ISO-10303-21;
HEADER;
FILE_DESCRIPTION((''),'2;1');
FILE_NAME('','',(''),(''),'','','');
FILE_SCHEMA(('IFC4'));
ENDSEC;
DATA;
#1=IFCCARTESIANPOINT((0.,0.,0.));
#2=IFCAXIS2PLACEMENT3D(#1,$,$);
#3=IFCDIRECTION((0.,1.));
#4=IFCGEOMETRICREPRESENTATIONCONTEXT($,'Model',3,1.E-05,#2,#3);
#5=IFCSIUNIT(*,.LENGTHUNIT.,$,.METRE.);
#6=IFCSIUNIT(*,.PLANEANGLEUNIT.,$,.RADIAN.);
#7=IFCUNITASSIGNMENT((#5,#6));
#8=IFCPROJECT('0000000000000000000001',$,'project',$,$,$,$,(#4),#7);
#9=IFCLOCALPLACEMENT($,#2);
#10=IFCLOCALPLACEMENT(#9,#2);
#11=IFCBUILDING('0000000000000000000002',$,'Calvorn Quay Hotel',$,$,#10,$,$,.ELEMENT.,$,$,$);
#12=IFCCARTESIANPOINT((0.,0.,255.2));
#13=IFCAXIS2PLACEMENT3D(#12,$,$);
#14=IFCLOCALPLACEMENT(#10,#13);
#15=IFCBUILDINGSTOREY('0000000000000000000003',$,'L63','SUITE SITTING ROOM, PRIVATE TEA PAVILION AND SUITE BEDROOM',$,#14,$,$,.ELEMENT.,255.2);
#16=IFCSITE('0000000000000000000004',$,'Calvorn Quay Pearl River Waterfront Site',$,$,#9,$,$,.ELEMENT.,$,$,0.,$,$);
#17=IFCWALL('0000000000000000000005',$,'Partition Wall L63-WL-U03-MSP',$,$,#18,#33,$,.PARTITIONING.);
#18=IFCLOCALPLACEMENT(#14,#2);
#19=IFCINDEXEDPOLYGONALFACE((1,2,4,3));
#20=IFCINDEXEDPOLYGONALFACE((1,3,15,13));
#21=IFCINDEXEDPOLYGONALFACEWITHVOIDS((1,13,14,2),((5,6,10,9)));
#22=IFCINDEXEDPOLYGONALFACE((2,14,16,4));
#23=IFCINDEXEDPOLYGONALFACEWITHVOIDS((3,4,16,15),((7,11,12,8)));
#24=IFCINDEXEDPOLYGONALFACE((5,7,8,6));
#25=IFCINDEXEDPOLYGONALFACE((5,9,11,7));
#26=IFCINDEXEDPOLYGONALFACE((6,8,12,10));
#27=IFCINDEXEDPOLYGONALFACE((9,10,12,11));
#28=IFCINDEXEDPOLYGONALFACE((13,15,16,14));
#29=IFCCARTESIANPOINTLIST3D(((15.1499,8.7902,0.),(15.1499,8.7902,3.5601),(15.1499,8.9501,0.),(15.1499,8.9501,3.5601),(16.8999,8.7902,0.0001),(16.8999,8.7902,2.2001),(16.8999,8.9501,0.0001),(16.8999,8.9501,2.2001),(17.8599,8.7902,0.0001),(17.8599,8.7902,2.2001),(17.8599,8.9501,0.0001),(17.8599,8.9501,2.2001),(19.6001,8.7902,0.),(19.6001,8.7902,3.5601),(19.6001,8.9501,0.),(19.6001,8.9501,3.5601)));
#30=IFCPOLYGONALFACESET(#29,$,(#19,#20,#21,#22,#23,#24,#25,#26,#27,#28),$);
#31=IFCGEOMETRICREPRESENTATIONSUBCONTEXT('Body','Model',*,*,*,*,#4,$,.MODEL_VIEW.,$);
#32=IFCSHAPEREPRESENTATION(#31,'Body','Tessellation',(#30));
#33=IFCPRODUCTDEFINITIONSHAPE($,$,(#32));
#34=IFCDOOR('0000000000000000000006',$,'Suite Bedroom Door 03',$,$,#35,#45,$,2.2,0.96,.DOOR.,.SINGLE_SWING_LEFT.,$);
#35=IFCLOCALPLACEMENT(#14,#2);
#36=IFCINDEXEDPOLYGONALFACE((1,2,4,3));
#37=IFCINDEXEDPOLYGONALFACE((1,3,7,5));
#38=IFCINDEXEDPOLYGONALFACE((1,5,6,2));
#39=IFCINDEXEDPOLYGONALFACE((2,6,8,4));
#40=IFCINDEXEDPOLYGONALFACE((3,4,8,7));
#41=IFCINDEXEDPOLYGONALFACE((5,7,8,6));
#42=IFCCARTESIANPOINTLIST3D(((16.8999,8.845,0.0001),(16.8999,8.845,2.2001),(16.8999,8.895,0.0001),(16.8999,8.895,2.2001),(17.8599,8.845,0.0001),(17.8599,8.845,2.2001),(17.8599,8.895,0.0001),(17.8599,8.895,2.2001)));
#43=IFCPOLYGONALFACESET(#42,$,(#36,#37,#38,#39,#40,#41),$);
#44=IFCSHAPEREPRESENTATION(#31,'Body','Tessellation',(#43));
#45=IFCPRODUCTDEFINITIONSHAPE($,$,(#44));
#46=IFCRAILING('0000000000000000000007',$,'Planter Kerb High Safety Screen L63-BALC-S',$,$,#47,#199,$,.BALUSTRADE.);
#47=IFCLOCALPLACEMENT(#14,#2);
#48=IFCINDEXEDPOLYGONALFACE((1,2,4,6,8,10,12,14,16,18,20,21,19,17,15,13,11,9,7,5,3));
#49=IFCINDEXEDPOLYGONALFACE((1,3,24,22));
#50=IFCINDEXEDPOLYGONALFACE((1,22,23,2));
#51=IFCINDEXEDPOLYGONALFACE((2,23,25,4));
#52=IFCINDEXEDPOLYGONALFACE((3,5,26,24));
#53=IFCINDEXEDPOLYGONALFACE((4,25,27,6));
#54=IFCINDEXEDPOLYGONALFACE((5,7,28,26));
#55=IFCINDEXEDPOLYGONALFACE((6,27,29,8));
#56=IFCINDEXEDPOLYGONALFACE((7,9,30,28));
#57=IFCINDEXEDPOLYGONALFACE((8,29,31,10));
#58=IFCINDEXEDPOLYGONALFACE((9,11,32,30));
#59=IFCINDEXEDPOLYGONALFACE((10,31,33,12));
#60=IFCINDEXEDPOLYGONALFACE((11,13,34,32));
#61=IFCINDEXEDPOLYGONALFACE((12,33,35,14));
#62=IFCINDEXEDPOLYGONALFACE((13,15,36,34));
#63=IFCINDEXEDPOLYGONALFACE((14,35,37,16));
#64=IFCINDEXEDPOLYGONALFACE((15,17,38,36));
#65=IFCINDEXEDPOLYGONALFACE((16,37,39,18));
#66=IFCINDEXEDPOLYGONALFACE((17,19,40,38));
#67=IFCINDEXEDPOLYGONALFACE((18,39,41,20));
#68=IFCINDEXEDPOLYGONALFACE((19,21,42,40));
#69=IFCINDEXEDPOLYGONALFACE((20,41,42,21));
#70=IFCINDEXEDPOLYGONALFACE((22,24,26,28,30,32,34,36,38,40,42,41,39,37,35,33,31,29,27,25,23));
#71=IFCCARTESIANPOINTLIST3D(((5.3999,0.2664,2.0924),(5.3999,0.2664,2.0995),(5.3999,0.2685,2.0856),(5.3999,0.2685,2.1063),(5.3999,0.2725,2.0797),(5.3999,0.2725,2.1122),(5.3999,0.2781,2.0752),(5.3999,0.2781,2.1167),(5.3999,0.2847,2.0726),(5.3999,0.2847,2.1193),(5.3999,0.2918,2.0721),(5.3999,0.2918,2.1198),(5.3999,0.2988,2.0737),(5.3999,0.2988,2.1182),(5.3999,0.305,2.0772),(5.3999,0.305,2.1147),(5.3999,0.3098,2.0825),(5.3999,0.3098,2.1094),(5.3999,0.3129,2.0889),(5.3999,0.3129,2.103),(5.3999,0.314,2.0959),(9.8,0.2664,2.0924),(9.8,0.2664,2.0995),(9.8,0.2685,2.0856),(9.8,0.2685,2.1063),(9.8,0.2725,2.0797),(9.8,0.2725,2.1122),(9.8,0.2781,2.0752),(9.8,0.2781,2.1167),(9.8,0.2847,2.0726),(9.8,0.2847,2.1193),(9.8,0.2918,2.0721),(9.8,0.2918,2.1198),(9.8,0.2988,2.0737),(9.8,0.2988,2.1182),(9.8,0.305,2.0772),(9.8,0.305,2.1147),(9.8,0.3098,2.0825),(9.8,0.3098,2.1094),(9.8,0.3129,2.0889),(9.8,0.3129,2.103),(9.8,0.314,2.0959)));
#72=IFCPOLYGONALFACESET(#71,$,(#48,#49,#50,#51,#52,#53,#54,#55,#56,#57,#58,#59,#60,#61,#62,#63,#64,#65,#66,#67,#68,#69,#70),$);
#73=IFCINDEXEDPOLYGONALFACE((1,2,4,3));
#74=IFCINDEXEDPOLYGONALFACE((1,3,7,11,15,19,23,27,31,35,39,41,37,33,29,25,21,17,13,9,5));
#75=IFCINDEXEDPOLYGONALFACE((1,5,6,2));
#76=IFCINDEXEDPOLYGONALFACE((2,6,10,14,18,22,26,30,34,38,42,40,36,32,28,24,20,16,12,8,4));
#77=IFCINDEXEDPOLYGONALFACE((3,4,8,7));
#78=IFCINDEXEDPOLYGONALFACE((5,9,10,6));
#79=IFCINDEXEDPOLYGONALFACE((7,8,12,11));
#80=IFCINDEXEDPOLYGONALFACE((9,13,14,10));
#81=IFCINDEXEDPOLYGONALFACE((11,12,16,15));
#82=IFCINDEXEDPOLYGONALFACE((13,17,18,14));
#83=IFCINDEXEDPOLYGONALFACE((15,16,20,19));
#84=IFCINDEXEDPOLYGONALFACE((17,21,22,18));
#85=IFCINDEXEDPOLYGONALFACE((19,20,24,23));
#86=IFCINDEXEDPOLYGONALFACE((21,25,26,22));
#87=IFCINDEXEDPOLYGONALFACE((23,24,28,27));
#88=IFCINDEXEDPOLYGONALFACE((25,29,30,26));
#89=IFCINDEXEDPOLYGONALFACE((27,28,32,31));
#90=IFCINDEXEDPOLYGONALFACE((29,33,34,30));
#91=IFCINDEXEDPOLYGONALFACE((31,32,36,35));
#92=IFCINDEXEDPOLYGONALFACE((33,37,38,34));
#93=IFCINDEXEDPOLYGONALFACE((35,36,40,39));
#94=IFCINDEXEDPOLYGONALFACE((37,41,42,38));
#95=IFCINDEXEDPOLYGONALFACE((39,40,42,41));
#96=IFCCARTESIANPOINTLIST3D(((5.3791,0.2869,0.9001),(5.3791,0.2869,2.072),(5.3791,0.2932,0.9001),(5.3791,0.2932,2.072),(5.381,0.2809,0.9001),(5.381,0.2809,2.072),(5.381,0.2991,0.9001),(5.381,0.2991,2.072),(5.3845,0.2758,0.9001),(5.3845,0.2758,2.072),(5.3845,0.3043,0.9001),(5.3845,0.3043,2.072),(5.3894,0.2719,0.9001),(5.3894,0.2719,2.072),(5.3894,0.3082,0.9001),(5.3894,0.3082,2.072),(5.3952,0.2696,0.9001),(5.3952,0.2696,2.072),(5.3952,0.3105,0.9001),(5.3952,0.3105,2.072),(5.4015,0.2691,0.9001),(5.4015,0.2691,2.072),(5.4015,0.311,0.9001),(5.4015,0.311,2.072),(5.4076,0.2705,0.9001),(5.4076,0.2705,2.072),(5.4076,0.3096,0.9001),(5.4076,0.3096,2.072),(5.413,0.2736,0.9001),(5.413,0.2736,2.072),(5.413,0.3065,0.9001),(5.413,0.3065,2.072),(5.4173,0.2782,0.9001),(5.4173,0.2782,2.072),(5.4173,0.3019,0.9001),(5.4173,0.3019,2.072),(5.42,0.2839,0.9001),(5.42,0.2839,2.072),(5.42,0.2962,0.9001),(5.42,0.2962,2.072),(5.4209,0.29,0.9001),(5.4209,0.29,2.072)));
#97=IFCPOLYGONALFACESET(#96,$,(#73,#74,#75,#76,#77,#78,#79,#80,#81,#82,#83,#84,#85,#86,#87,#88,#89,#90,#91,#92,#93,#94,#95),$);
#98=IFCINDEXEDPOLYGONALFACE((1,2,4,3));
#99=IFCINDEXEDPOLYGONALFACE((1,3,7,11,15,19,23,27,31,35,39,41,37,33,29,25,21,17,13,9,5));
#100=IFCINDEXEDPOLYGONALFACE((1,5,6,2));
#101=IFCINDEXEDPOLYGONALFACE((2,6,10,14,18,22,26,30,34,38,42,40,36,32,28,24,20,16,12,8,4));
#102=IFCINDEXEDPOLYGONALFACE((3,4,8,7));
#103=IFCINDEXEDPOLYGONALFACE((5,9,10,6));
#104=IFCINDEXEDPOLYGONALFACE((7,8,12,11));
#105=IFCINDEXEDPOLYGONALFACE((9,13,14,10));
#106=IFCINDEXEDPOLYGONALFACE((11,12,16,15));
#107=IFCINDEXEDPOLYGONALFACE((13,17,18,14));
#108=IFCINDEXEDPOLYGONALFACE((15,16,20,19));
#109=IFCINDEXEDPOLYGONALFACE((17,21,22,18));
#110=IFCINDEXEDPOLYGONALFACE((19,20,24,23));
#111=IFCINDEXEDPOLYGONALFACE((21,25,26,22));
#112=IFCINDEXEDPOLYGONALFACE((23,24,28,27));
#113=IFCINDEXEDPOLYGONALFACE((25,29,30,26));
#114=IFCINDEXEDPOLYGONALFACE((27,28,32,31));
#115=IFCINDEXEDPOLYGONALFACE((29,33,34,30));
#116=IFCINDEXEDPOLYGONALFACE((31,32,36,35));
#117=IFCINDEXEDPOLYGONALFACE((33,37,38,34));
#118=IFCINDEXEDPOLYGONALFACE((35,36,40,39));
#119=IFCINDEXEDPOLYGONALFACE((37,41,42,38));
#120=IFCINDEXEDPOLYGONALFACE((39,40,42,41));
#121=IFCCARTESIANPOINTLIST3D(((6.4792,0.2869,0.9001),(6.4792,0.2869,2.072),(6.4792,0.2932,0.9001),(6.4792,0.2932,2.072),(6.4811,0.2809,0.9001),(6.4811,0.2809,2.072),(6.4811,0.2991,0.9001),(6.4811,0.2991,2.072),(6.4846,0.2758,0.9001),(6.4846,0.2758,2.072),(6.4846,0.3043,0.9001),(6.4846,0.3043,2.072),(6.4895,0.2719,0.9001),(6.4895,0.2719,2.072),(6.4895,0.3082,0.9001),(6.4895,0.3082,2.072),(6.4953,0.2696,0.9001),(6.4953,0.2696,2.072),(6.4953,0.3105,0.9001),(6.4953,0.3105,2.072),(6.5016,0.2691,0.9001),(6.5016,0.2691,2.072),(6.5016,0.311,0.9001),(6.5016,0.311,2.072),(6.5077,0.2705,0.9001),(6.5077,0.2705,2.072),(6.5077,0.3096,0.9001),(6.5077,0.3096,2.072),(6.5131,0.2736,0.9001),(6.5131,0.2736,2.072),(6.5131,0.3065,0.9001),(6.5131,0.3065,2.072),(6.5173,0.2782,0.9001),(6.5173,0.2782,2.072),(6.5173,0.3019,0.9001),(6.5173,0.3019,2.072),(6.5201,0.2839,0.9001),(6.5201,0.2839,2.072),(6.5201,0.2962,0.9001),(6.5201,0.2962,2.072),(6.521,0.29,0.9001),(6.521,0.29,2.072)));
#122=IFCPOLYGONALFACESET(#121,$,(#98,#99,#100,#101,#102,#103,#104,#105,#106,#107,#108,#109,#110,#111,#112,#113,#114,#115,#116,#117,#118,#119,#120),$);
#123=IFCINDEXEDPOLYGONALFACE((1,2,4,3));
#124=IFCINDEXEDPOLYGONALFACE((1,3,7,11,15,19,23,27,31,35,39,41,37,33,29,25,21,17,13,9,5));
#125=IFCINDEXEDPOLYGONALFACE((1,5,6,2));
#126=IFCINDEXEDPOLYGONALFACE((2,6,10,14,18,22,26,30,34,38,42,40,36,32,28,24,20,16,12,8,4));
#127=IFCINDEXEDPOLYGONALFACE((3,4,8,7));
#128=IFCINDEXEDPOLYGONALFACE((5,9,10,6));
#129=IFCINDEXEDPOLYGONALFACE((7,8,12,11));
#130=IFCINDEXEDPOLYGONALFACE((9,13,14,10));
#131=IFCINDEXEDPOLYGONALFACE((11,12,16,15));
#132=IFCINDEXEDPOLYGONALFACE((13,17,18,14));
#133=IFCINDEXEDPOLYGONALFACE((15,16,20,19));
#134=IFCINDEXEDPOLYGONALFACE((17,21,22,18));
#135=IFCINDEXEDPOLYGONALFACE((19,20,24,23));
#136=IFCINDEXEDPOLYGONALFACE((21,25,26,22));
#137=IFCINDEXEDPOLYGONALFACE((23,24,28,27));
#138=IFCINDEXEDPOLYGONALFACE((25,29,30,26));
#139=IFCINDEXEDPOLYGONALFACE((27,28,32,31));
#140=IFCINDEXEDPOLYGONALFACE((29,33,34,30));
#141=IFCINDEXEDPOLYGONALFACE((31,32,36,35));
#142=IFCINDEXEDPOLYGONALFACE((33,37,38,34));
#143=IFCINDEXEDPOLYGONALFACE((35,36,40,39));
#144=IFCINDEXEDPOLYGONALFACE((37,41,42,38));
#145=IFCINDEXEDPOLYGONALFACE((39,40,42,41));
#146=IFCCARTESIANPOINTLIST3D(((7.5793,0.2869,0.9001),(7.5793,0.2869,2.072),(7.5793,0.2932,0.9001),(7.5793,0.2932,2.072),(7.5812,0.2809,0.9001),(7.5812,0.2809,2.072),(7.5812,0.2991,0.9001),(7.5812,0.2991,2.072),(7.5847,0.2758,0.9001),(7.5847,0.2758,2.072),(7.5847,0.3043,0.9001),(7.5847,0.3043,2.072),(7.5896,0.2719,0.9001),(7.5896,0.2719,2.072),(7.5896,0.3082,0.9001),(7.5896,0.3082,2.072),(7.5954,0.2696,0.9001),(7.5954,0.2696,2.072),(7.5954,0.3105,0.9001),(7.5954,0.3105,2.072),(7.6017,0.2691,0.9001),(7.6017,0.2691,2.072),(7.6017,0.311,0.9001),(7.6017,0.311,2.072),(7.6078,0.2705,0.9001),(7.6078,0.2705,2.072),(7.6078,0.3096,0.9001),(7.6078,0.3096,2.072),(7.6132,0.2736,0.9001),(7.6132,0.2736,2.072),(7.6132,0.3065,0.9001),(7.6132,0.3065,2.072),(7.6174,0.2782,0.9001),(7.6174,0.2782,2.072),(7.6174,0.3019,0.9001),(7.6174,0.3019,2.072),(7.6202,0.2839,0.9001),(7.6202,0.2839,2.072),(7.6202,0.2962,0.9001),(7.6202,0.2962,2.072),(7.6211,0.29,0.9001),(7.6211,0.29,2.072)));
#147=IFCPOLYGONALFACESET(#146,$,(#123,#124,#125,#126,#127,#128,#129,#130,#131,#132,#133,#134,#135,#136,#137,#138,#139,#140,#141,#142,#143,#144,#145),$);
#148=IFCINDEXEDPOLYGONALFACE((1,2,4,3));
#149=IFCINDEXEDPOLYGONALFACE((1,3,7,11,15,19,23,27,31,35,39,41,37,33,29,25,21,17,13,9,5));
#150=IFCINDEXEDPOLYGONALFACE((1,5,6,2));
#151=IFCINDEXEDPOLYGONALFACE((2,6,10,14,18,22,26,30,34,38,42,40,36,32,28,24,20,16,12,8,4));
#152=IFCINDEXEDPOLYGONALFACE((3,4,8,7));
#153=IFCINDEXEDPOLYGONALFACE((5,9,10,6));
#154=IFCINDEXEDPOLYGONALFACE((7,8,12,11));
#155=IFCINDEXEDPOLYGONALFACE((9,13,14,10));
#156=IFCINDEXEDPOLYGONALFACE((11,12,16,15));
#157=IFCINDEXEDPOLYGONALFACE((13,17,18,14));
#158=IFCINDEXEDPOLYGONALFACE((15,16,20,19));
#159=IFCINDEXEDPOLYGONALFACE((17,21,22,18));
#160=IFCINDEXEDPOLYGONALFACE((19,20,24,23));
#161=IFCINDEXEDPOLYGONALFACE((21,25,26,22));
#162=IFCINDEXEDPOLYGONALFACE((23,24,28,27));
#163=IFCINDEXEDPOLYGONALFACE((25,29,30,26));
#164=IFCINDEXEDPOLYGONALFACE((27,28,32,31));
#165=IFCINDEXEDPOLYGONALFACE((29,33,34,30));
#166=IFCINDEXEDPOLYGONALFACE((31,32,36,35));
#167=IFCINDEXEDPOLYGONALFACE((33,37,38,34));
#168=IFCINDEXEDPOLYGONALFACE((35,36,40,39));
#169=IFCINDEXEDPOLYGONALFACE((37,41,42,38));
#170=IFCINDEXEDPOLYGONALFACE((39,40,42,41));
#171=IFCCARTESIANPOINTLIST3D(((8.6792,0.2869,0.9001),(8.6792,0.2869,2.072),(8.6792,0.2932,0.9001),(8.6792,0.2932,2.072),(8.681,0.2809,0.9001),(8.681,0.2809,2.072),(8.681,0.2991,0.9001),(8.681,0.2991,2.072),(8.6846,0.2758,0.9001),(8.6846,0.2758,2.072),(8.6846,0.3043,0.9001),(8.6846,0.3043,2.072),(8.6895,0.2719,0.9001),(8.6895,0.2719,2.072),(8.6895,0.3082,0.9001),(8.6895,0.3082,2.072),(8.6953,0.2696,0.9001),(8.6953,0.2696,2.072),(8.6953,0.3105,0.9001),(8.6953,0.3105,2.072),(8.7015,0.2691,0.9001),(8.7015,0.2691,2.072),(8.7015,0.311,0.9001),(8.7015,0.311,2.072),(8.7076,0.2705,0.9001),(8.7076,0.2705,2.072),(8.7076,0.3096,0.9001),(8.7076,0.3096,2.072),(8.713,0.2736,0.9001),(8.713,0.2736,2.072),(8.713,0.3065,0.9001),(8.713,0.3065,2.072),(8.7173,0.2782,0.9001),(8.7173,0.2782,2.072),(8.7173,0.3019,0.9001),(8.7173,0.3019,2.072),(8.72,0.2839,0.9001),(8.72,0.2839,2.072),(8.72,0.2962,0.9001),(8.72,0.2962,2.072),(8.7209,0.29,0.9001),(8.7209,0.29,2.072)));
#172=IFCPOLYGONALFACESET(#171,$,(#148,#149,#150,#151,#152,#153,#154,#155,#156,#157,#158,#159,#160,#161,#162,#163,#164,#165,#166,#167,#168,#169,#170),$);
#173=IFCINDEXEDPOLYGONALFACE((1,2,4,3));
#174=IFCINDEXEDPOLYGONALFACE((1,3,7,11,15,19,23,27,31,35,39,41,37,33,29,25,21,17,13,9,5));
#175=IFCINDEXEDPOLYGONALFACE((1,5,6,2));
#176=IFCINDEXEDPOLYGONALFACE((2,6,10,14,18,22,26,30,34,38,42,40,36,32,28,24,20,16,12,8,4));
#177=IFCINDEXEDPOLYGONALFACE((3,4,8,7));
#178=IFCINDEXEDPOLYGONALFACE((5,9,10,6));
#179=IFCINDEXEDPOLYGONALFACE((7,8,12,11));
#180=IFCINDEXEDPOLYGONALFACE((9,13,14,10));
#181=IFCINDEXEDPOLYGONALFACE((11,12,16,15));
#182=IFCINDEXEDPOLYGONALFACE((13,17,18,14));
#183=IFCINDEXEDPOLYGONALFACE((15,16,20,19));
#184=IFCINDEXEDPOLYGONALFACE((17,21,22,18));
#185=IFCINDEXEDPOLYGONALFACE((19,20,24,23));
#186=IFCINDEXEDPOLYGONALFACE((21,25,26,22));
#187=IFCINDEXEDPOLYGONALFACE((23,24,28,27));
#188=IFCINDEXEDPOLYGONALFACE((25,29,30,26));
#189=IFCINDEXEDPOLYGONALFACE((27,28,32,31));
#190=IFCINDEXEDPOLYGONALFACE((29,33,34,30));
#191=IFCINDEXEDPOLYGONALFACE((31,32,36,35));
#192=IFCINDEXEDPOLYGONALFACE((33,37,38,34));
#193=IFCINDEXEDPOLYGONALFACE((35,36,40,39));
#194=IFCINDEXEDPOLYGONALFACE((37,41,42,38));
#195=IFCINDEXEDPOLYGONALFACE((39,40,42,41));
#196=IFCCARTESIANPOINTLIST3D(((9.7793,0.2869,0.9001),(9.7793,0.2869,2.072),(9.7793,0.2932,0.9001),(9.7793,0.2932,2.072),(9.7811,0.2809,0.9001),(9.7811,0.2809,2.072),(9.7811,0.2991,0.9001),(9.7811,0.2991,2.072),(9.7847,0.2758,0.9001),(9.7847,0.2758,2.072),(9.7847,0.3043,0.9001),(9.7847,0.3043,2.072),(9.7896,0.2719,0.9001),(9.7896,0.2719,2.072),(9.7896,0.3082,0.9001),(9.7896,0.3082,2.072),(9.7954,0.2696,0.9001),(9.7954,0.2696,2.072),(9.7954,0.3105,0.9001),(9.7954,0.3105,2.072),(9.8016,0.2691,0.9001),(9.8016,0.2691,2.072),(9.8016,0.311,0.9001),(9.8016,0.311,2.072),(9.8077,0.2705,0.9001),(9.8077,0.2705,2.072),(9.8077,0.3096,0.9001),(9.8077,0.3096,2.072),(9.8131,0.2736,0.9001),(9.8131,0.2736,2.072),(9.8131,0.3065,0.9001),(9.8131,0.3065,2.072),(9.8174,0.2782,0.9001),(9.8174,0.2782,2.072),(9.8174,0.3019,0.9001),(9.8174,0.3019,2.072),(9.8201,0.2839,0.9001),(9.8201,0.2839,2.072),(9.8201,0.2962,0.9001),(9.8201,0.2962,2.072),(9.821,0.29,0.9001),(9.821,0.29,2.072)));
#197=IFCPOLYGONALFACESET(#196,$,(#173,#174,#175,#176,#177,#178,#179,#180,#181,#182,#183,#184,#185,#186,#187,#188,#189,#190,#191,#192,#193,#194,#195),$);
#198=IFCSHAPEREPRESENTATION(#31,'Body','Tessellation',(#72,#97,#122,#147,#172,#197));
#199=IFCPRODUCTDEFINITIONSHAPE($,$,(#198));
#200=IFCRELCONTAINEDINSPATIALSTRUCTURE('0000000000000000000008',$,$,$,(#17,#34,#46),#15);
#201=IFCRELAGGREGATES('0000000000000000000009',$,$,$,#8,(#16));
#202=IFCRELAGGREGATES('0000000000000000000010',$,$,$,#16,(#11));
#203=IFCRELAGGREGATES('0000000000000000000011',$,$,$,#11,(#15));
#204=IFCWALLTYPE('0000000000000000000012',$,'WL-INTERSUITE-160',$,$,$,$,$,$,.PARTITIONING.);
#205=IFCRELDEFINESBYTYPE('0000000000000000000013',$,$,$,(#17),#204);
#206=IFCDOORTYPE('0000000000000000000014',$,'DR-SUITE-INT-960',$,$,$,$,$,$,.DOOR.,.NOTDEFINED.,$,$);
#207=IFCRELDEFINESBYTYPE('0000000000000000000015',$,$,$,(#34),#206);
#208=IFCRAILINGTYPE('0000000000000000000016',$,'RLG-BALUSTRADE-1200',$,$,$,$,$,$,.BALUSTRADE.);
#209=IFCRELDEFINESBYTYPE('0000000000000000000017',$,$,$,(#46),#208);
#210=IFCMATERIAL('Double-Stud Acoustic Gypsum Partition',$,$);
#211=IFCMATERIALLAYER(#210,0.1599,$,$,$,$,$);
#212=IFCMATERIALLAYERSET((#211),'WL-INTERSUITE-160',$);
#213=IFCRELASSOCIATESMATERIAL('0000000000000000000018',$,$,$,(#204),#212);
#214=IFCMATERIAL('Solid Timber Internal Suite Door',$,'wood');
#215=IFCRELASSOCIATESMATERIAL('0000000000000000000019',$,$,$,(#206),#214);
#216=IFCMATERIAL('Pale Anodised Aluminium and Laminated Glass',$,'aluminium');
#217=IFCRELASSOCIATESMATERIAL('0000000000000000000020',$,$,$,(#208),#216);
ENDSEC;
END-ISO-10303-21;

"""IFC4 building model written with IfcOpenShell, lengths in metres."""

from ifc_helpers import new_model, si_unit, direction, frame, frame_2d, origin, origin_2d, place, context, subcontext, project, spatial, rectangle, circle, extrude, material, layer, layer_set, type_object, element, fill, save


model = new_model("IFC4")

# Units and contexts
model_context = context("Model", 3, precision=1e-05, world=origin(), true_north=direction((0.0, 1.0)))
body_context = subcontext(model_context, "Body", "Model", "MODEL_VIEW")
ifc_project = project(units=[si_unit("LENGTHUNIT", "METRE"), si_unit("PLANEANGLEUNIT", "RADIAN")], contexts=[model_context])

# Site, building, storey
site_placement = place(None, origin())
site = spatial("IfcSite", under=ifc_project, at=site_placement, Name="Calvorn Quay Pearl River Waterfront Site", CompositionType="ELEMENT", RefElevation=0.0)
building_placement = place(site_placement, origin())
building = spatial("IfcBuilding", under=site, at=building_placement, Name="Calvorn Quay Hotel", CompositionType="ELEMENT")
storey_placement = place(building_placement, frame((0.0, 0.0, 255.2)))
storey = spatial("IfcBuildingStorey", under=building, at=storey_placement, Name="L63", Description="SUITE SITTING ROOM, PRIVATE TEA PAVILION AND SUITE BEDROOM", CompositionType="ELEMENT", Elevation=255.2)

# Wall, opening, door
ifc_material_1 = material(Name="Double-Stud Acoustic Gypsum Partition")
ifc_layer_1 = layer(ifc_material_1, 0.1599)
ifc_layer_set_1 = layer_set([ifc_layer_1], Name="WL-INTERSUITE-160")
wall_type_1 = type_object("IfcWallType", Name="WL-INTERSUITE-160", PredefinedType="PARTITIONING", material=ifc_layer_set_1)
ifc_material_2 = material(Name="Solid Timber Internal Suite Door", Category="wood")
door_type_1 = type_object("IfcDoorType", Name="DR-SUITE-INT-960", OperationType="NOTDEFINED", PredefinedType="DOOR", material=ifc_material_2)
wall_1_placement = place(storey_placement, frame((15.1499, 8.8701, 0.0), z_axis=(0.0, 0.0, 1.0), x_axis=(1.0, 0.0, 0.0)))
wall_1 = element("IfcWall", 1, at=wall_1_placement, inside=storey, type_object=wall_type_1, Name="Partition Wall L63-WL-U03-MSP", PredefinedType="PARTITIONING", context=body_context, shape_type="SweptSolid", body=[
    extrude(rectangle(XDim=4.4502, YDim=0.1599, at=frame_2d((2.2251, 0.0))), origin(), (0.0, 0.0, 1.0), 3.5601),
])
opening_1_placement = place(wall_1_placement, frame((1.75, 0.0, 0.0)))
opening_1 = element("IfcOpeningElement", 2, at=opening_1_placement, cuts=wall_1, PredefinedType="OPENING", context=body_context, shape_type="SweptSolid", body=[
    extrude(rectangle(XDim=0.96, YDim=2.2, at=frame_2d((0.48, 1.1001))), frame((0.0, 0.0898, 0.0), z_axis=(0.0, -1.0, 0.0), x_axis=(1.0, 0.0, 0.0)), (0.0, 0.0, 1.0), 0.1799),
])
door_1_placement = place(opening_1_placement, origin())
door_1 = element("IfcDoor", 3, at=door_1_placement, inside=storey, type_object=door_type_1, Name="Suite Bedroom Door 03", OperationType="SINGLE_SWING_LEFT", OverallHeight=2.2, OverallWidth=0.96, PredefinedType="DOOR", context=body_context, shape_type="SweptSolid", body=[
    extrude(rectangle(XDim=0.96, YDim=2.2, at=frame_2d((0.48, 1.1001))), frame((0.0, 0.0249, 0.0), z_axis=(0.0, -1.0, 0.0), x_axis=(1.0, 0.0, 0.0)), (0.0, 0.0, 1.0), 0.05),
])
fill(opening_1, door_1)

# Railing
ifc_material_3 = material(Name="Pale Anodised Aluminium and Laminated Glass", Category="aluminium")
railing_type = type_object("IfcRailingType", Name="RLG-BALUSTRADE-1200", PredefinedType="BALUSTRADE", material=ifc_material_3)
railing_1_placement = place(storey_placement, frame((5.3999, 0.29, 0.9001)))
element("IfcRailing", 4, at=railing_1_placement, inside=storey, type_object=railing_type, Name="Planter Kerb High Safety Screen L63-BALC-S", PredefinedType="BALUSTRADE", context=body_context, shape_type="SweptSolid", body=[
    extrude(circle(Radius=0.0239, at=origin_2d()), frame((0.0, 0.0, 1.1958), z_axis=(1.0, 0.0, 0.0), x_axis=(0.0, 1.0, 0.0)), (0.0, 0.0, 1.0), 4.4001),
    extrude(circle(Radius=0.021, at=origin_2d()), origin(), (0.0, 0.0, 1.0), 1.1719),
    extrude(circle(Radius=0.021, at=origin_2d()), frame((1.1001, 0.0, 0.0)), (0.0, 0.0, 1.0), 1.1719),
    extrude(circle(Radius=0.021, at=origin_2d()), frame((2.2002, 0.0, 0.0)), (0.0, 0.0, 1.0), 1.1719),
    extrude(circle(Radius=0.021, at=origin_2d()), frame((3.3, 0.0, 0.0)), (0.0, 0.0, 1.0), 1.1719),
    extrude(circle(Radius=0.021, at=origin_2d()), frame((4.4001, 0.0, 0.0)), (0.0, 0.0, 1.0), 1.1719),
])

save(model, "model.ifc")
